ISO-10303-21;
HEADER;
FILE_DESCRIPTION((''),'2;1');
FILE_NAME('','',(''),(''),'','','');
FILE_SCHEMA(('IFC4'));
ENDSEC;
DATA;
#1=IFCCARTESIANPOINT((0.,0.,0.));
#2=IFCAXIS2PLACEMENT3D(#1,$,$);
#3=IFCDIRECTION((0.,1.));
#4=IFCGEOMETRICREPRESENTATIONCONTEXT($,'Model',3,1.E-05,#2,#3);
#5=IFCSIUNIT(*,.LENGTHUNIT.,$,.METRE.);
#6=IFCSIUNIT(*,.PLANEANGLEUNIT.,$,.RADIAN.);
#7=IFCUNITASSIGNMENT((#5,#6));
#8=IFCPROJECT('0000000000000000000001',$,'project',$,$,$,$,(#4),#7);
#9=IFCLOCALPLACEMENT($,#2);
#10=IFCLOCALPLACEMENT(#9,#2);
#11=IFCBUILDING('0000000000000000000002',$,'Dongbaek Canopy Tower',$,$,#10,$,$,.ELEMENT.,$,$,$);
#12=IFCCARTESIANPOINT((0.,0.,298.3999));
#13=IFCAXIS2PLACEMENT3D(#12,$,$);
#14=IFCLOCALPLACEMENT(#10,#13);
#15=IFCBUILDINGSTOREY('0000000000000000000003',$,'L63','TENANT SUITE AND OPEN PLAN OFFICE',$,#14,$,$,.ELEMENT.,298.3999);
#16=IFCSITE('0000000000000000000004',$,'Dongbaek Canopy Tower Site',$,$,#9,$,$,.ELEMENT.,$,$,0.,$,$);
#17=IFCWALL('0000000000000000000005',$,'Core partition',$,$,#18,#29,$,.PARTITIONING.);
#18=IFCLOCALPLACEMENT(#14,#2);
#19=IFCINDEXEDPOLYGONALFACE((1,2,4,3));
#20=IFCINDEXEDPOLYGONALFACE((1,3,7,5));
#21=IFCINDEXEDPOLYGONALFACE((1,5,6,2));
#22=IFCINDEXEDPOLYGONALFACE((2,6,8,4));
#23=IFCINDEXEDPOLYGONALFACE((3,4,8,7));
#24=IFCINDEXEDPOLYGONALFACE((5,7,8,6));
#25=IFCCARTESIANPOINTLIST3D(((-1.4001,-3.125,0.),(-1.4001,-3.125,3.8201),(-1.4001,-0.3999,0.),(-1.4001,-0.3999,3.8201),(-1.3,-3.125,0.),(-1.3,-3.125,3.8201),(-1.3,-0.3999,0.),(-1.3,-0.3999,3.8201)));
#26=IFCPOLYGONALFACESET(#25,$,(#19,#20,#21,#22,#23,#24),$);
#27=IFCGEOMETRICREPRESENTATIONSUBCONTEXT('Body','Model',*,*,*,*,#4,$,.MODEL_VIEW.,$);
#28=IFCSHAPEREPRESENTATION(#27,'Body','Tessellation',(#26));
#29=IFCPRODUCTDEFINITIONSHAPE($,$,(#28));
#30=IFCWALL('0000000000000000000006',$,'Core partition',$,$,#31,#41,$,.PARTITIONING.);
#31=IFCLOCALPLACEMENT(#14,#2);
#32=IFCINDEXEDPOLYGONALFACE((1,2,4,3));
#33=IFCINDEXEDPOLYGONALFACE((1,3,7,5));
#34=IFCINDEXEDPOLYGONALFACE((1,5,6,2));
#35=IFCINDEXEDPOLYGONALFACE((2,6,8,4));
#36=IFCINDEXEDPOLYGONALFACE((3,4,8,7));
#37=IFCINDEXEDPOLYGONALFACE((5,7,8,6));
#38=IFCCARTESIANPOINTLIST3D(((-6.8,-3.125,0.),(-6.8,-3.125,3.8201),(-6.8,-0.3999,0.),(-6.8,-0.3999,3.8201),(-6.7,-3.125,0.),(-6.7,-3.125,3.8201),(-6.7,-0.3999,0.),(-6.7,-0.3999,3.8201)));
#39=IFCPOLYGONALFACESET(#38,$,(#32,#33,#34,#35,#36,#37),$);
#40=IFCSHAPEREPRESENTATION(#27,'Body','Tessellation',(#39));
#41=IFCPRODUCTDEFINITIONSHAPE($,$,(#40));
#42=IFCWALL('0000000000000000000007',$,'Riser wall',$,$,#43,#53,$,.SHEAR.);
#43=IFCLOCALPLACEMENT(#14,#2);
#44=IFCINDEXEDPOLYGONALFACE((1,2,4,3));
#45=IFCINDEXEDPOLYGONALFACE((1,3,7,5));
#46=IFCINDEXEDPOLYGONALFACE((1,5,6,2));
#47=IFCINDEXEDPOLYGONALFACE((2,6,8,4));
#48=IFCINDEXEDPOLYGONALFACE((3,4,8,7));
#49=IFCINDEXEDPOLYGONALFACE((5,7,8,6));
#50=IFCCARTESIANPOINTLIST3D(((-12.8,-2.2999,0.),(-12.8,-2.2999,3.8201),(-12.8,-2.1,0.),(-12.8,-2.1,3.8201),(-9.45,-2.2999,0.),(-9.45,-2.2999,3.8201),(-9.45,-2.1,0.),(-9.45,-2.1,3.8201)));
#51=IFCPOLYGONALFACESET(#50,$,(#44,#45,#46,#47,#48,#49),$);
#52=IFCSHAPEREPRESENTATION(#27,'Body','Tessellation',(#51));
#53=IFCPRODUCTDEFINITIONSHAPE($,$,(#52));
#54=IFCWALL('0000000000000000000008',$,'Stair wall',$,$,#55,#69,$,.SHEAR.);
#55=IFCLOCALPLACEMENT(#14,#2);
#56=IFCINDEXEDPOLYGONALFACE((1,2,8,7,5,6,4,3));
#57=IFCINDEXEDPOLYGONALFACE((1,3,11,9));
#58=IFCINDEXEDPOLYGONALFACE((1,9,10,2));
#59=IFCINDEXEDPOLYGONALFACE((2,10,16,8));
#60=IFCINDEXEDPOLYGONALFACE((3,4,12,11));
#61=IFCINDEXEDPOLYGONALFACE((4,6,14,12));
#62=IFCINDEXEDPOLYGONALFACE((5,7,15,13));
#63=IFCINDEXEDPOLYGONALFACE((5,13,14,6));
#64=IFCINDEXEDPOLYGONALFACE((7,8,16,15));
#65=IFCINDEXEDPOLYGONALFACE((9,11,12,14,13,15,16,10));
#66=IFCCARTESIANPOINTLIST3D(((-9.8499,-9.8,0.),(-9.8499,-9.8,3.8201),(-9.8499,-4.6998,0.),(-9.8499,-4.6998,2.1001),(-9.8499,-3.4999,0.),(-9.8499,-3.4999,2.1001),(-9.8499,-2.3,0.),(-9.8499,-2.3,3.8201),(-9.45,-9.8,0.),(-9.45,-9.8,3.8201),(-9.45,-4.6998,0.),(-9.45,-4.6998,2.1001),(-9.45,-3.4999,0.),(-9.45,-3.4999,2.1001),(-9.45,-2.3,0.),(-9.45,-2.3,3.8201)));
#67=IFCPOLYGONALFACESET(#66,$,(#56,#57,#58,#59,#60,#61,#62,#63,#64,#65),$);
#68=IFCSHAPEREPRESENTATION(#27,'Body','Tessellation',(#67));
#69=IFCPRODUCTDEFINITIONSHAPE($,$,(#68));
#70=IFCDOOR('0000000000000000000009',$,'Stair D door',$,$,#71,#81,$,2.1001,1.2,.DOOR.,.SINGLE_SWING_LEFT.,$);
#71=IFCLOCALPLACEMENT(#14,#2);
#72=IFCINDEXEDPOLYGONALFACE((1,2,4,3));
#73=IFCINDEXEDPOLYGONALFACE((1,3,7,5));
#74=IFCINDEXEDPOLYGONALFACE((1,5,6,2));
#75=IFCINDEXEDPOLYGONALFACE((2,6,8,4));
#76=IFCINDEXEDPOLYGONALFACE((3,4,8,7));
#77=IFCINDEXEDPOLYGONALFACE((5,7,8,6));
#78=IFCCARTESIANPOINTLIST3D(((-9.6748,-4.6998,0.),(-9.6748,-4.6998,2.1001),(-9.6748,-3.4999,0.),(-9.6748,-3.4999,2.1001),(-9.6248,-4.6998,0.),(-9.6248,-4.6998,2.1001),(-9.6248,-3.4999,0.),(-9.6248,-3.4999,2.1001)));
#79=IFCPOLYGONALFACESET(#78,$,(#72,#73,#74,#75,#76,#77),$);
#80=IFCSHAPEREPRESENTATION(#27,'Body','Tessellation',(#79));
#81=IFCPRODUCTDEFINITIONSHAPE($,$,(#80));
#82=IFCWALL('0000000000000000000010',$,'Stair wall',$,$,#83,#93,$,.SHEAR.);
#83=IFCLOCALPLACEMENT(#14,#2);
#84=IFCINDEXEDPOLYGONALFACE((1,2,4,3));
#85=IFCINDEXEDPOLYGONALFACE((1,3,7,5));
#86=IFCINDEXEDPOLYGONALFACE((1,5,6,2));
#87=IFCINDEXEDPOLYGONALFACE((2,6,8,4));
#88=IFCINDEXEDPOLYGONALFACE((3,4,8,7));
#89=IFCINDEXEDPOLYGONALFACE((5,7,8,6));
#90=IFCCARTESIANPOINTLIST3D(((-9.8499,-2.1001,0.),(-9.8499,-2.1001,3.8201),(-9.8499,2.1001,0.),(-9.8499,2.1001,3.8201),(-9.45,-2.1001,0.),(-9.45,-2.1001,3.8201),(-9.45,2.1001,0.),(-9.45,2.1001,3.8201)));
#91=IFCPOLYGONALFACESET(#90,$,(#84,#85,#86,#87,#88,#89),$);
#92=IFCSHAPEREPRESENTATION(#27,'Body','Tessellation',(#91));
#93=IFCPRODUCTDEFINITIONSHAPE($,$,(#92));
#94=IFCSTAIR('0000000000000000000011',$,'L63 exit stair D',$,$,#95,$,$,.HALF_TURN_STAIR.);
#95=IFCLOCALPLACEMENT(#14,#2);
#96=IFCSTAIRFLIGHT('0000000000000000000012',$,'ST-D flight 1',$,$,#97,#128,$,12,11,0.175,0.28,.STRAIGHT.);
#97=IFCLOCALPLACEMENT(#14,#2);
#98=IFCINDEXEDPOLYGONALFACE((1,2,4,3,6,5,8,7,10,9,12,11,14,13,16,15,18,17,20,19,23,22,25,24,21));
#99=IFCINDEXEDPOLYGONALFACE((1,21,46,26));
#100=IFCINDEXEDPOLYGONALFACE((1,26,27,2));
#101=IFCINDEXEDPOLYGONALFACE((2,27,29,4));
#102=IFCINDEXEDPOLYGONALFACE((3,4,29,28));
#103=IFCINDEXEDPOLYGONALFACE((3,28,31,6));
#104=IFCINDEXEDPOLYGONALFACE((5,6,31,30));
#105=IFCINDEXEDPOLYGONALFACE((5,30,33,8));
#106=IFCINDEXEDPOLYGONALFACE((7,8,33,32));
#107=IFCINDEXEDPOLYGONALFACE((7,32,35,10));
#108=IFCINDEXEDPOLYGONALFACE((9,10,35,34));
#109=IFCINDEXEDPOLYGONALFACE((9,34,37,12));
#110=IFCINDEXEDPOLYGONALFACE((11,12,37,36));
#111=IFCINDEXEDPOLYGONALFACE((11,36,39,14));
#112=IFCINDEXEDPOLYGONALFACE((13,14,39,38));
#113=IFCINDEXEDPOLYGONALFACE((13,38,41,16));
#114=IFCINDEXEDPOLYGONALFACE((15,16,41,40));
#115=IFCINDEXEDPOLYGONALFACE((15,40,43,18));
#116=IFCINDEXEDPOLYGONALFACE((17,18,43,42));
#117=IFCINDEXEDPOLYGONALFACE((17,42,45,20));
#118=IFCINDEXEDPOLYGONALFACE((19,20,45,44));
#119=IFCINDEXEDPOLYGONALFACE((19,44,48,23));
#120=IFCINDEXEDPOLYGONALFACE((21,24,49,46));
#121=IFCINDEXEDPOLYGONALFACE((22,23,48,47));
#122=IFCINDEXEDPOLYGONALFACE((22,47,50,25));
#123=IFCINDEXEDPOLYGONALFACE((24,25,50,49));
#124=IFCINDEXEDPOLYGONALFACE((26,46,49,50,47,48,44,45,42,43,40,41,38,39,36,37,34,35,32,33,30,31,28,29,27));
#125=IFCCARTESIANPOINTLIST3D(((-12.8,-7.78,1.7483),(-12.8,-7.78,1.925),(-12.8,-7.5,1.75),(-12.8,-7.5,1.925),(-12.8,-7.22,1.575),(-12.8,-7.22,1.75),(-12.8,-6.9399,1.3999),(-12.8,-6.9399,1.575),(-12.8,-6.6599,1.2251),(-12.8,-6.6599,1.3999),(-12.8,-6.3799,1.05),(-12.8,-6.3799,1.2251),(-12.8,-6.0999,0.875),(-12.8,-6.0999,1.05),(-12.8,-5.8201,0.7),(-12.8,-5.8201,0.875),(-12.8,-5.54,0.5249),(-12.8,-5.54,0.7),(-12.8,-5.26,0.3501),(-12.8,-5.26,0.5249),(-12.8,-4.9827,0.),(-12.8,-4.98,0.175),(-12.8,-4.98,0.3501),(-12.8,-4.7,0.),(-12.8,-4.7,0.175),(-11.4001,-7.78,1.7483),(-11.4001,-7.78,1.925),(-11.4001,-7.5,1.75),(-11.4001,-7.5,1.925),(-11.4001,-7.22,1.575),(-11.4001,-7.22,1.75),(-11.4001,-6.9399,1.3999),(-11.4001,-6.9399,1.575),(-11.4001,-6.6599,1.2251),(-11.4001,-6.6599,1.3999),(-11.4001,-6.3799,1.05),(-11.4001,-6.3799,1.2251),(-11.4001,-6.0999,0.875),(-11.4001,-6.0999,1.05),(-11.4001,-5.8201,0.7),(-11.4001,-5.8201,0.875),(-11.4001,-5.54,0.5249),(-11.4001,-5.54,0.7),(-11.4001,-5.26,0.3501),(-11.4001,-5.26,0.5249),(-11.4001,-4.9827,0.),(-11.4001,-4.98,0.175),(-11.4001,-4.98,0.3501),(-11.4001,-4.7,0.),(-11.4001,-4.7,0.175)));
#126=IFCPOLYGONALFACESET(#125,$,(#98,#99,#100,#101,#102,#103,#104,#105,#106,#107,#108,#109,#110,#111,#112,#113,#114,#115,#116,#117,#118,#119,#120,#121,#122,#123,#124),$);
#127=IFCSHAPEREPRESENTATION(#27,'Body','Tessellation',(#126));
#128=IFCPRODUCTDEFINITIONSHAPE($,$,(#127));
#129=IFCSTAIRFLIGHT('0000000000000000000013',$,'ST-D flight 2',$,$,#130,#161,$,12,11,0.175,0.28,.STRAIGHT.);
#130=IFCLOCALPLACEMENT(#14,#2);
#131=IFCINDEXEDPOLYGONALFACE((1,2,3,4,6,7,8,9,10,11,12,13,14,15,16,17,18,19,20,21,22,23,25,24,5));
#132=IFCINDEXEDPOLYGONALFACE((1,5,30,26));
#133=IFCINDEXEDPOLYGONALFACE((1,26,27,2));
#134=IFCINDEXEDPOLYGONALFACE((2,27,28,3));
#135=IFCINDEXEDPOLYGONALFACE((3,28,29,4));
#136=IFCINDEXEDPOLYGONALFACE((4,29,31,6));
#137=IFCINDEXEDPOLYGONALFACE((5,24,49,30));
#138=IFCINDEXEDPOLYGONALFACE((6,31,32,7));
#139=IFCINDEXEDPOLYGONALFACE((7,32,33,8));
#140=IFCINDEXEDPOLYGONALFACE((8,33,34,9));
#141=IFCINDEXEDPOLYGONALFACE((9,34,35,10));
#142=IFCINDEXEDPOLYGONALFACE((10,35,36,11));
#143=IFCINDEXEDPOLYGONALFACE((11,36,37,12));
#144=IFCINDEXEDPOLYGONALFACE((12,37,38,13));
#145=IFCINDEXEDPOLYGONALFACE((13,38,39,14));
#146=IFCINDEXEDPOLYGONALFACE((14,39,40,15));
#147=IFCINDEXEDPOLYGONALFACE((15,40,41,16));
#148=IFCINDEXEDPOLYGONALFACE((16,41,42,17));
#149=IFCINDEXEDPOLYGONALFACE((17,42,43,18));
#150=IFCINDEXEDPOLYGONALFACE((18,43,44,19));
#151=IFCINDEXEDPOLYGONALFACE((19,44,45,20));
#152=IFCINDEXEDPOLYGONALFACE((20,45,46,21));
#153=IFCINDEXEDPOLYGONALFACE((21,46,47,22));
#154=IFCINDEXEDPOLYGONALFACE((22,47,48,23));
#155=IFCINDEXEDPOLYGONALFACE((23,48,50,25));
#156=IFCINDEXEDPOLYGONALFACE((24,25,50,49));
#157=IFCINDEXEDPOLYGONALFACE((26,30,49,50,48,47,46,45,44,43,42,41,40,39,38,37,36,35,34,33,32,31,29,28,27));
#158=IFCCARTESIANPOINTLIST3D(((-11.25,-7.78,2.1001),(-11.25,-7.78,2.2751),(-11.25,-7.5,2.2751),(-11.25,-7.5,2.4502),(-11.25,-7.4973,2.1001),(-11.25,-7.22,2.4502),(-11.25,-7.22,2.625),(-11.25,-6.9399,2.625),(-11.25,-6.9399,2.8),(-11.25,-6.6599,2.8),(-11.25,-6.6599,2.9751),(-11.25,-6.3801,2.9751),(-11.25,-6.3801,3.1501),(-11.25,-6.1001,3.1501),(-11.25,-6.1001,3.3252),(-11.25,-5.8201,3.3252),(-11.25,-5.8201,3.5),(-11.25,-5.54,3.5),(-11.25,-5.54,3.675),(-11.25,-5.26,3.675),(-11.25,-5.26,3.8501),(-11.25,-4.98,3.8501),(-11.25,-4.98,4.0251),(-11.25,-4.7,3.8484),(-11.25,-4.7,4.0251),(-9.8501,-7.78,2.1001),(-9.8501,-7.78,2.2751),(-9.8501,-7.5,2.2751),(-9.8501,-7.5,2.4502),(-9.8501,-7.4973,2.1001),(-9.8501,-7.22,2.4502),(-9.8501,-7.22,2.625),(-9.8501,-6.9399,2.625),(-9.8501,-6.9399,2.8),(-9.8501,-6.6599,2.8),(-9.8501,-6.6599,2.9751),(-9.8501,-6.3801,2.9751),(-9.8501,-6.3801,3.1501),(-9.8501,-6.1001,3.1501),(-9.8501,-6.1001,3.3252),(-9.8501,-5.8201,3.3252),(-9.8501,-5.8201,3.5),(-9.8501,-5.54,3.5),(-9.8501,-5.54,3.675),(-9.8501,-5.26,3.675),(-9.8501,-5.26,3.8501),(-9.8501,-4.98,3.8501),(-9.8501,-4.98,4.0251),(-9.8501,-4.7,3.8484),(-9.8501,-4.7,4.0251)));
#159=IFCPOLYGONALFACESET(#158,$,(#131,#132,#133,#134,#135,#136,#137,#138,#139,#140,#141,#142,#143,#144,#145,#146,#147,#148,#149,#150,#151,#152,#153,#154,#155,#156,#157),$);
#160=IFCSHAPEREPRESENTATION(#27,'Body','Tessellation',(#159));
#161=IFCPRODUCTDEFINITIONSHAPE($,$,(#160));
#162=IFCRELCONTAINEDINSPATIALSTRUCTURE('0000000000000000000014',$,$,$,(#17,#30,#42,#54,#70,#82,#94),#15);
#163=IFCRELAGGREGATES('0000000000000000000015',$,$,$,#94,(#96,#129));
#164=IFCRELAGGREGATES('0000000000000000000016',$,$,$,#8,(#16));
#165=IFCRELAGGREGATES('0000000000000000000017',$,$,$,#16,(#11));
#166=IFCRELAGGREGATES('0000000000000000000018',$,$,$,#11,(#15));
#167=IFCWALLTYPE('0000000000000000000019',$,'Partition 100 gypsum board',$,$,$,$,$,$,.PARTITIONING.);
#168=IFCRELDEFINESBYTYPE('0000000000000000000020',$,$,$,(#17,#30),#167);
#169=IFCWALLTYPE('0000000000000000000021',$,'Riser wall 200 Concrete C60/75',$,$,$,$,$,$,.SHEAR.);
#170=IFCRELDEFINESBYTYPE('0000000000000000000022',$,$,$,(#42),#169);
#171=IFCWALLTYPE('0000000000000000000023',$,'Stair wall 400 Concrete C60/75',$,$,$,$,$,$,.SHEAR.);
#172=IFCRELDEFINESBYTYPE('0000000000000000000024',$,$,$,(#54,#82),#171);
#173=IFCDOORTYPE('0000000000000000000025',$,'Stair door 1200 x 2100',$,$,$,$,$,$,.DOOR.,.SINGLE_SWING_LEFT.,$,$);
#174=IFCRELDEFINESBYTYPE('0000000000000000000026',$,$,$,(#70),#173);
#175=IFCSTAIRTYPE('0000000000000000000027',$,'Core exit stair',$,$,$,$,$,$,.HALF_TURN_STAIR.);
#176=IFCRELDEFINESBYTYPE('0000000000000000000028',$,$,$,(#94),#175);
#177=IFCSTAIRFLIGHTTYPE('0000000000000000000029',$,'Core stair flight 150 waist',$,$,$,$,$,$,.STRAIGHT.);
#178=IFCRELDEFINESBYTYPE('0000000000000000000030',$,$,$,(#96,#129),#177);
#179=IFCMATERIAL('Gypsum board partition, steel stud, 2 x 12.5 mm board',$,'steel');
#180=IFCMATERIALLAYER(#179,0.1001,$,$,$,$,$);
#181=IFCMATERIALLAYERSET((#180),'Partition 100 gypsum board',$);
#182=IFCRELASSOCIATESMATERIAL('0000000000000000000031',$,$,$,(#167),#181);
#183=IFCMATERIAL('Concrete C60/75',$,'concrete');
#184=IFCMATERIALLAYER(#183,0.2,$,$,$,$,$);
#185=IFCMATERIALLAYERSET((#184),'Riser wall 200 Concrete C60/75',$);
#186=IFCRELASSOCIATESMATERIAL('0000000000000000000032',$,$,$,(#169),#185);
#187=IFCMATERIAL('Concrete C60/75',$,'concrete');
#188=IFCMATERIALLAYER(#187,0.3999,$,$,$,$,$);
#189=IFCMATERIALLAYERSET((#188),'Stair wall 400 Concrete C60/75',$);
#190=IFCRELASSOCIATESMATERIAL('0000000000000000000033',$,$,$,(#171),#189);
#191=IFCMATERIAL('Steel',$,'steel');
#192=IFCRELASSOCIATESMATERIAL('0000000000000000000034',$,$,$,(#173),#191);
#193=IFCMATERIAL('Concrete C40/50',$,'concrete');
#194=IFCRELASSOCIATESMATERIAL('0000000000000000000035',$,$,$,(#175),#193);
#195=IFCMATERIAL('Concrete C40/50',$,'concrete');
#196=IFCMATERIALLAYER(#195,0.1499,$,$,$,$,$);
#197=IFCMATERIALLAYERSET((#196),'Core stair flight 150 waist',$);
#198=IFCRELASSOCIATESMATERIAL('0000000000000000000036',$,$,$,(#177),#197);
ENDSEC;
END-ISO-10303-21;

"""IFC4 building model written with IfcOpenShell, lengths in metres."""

from ifc_helpers import new_model, si_unit, direction, frame, frame_2d, origin, place, context, subcontext, project, spatial, polyline, rectangle, outline, extrude, material, layer, layer_set, type_object, element, fill, aggregate, save


model = new_model("IFC4")

# Units and contexts
model_context = context("Model", 3, precision=1e-05, world=origin(), true_north=direction((0.0, 1.0)))
body_context = subcontext(model_context, "Body", "Model", "MODEL_VIEW")
ifc_project = project(units=[si_unit("LENGTHUNIT", "METRE"), si_unit("PLANEANGLEUNIT", "RADIAN")], contexts=[model_context])

# Site, building, storey
site_placement = place(None, origin())
site = spatial("IfcSite", under=ifc_project, at=site_placement, Name="Dongbaek Canopy Tower Site", CompositionType="ELEMENT", RefElevation=0.0)
building_placement = place(site_placement, origin())
building = spatial("IfcBuilding", under=site, at=building_placement, Name="Dongbaek Canopy Tower", CompositionType="ELEMENT")
storey_placement = place(building_placement, frame((0.0, 0.0, 298.3999)))
storey = spatial("IfcBuildingStorey", under=building, at=storey_placement, Name="L63", Description="TENANT SUITE AND OPEN PLAN OFFICE", CompositionType="ELEMENT", Elevation=298.3999)

# Walls
ifc_material_1 = material(Name="Gypsum board partition, steel stud, 2 x 12.5 mm board", Category="steel")
ifc_layer_1 = layer(ifc_material_1, 0.1001)
ifc_layer_set_1 = layer_set([ifc_layer_1], Name="Partition 100 gypsum board")
wall_type_1 = type_object("IfcWallType", Name="Partition 100 gypsum board", PredefinedType="PARTITIONING", material=ifc_layer_set_1)
for number, where, z_axis, x_axis, name in (
    (1, (-1.3501, -3.125, 0.0), (0.0, 0.0, 1.0), (0.0, 1.0, 0.0), "Core partition"),
    (2, (-6.75, -3.125, 0.0), (0.0, 0.0, 1.0), (0.0, 1.0, 0.0), "Core partition"),
):
    element("IfcWall", number, at=place(storey_placement, frame(where, z_axis=z_axis, x_axis=x_axis)), inside=storey, type_object=wall_type_1, Name=name, PredefinedType="PARTITIONING", context=body_context, shape_type="SweptSolid", body=[
        extrude(rectangle(XDim=2.7251, YDim=0.1001, at=frame_2d((1.3625, 0.0))), origin(), (0.0, 0.0, 1.0), 3.8201),
    ])
ifc_material_2 = material(Name="Concrete C60/75", Category="concrete")
ifc_layer_2 = layer(ifc_material_2, 0.2)
ifc_layer_set_2 = layer_set([ifc_layer_2], Name="Riser wall 200 Concrete C60/75")
wall_type_2 = type_object("IfcWallType", Name="Riser wall 200 Concrete C60/75", PredefinedType="SHEAR", material=ifc_layer_set_2)
wall_1_placement = place(storey_placement, frame((-9.45, -2.2, 0.0), z_axis=(0.0, 0.0, 1.0), x_axis=(-1.0, 0.0, 0.0)))
element("IfcWall", 3, at=wall_1_placement, inside=storey, type_object=wall_type_2, Name="Riser wall", PredefinedType="SHEAR", context=body_context, shape_type="SweptSolid", body=[
    extrude(rectangle(XDim=3.3501, YDim=0.2, at=frame_2d((1.675, 0.0))), origin(), (0.0, 0.0, 1.0), 3.8201),
])

# Wall, opening, door
ifc_material_3 = material(Name="Concrete C60/75", Category="concrete")
ifc_layer_3 = layer(ifc_material_3, 0.3999)
ifc_layer_set_3 = layer_set([ifc_layer_3], Name="Stair wall 400 Concrete C60/75")
wall_type_3 = type_object("IfcWallType", Name="Stair wall 400 Concrete C60/75", PredefinedType="SHEAR", material=ifc_layer_set_3)
wall_2_placement = place(storey_placement, frame((-9.6499, -9.8, 0.0), z_axis=(0.0, 0.0, 1.0), x_axis=(0.0, 1.0, 0.0)))
wall_2 = element("IfcWall", 4, at=wall_2_placement, inside=storey, type_object=wall_type_3, Name="Stair wall", PredefinedType="SHEAR", context=body_context, shape_type="SweptSolid", body=[
    extrude(rectangle(XDim=7.5, YDim=0.3999, at=frame_2d((3.75, 0.0))), origin(), (0.0, 0.0, 1.0), 3.8201),
])
opening_1_placement = place(wall_2_placement, frame((5.1001, 0.0, 0.0)))
opening_1 = element("IfcOpeningElement", 5, at=opening_1_placement, cuts=wall_2, PredefinedType="OPENING", context=body_context, shape_type="SweptSolid", body=[
    extrude(rectangle(XDim=1.2, YDim=2.1001, at=frame_2d((0.6001, 1.05))), frame((0.0, 0.21, 0.0), z_axis=(0.0, -1.0, 0.0), x_axis=(1.0, 0.0, 0.0)), (0.0, 0.0, 1.0), 0.4199),
])
ifc_material_4 = material(Name="Steel", Category="steel")
door_type_1 = type_object("IfcDoorType", Name="Stair door 1200 x 2100", OperationType="SINGLE_SWING_LEFT", PredefinedType="DOOR", material=ifc_material_4)
door_1_placement = place(opening_1_placement, origin())
door_1 = element("IfcDoor", 6, at=door_1_placement, inside=storey, type_object=door_type_1, Name="Stair D door", OperationType="SINGLE_SWING_LEFT", OverallHeight=2.1001, OverallWidth=1.2, PredefinedType="DOOR", context=body_context, shape_type="SweptSolid", body=[
    extrude(rectangle(XDim=1.2, YDim=2.1001, at=frame_2d((0.6001, 1.05))), frame((0.0, 0.0249, 0.0), z_axis=(0.0, -1.0, 0.0), x_axis=(1.0, 0.0, 0.0)), (0.0, 0.0, 1.0), 0.05),
])
fill(opening_1, door_1)

# Wall
wall_3_placement = place(storey_placement, frame((-9.6499, -2.1001, 0.0), z_axis=(0.0, 0.0, 1.0), x_axis=(0.0, 1.0, 0.0)))
element("IfcWall", 7, at=wall_3_placement, inside=storey, type_object=wall_type_3, Name="Stair wall", PredefinedType="SHEAR", context=body_context, shape_type="SweptSolid", body=[
    extrude(rectangle(XDim=4.2002, YDim=0.3999, at=frame_2d((2.1001, 0.0))), origin(), (0.0, 0.0, 1.0), 3.8201),
])

# Stair, stair flights
ifc_material_5 = material(Name="Concrete C40/50", Category="concrete")
stair_type = type_object("IfcStairType", Name="Core exit stair", PredefinedType="HALF_TURN_STAIR", material=ifc_material_5)
stair_placement = place(storey_placement, origin())
stair = element("IfcStair", 8, at=stair_placement, inside=storey, type_object=stair_type, Name="L63 exit stair D", PredefinedType="HALF_TURN_STAIR")
ifc_material_6 = material(Name="Concrete C40/50", Category="concrete")
ifc_layer_4 = layer(ifc_material_6, 0.1499)
ifc_layer_set_4 = layer_set([ifc_layer_4], Name="Core stair flight 150 waist")
stair_flight_type = type_object("IfcStairFlightType", Name="Core stair flight 150 waist", PredefinedType="STRAIGHT", material=ifc_layer_set_4)
stair_flight_1_placement = place(storey_placement, frame((-12.1001, -4.7, 0.0), z_axis=(0.0, 0.0, 1.0), x_axis=(0.0, -1.0, 0.0)))
stair_flight_1 = element("IfcStairFlight", 9, at=stair_flight_1_placement, type_object=stair_flight_type, Name="ST-D flight 1", NumberOfRisers=12, NumberOfTreads=11, PredefinedType="STRAIGHT", RiserHeight=0.175, TreadLength=0.28, context=body_context, shape_type="SweptSolid", body=[
    extrude(outline(polyline([(0.0, 0.0), (0.0, 0.175), (0.28, 0.175), (0.28, 0.3501), (0.5601, 0.3501), (0.5601, 0.5249), (0.8401, 0.5249), (0.8401, 0.7), (1.1201, 0.7), (1.1201, 0.875), (1.3999, 0.875), (1.3999, 1.05), (1.6799, 1.05), (1.6799, 1.2251), (1.96, 1.2251), (1.96, 1.3999), (2.24, 1.3999), (2.24, 1.575), (2.52, 1.575), (2.52, 1.75), (2.8, 1.75), (2.8, 1.925), (3.0801, 1.925), (3.0801, 2.1001), (3.0801, 1.7483), (0.2827, 0.0), (0.0, 0.0)])), frame((0.0, 0.7, 0.0), z_axis=(0.0, -1.0, 0.0), x_axis=(1.0, 0.0, 0.0)), (0.0, 0.0, 1.0), 1.3999),
])
stair_flight_2_placement = place(storey_placement, frame((-10.55, -7.78, 2.1001), z_axis=(0.0, 0.0, 1.0), x_axis=(0.0, 1.0, 0.0)))
stair_flight_2 = element("IfcStairFlight", 10, at=stair_flight_2_placement, type_object=stair_flight_type, Name="ST-D flight 2", NumberOfRisers=12, NumberOfTreads=11, PredefinedType="STRAIGHT", RiserHeight=0.175, TreadLength=0.28, context=body_context, shape_type="SweptSolid", body=[
    extrude(outline(polyline([(0.0, 0.0), (0.0, 0.175), (0.28, 0.175), (0.28, 0.3501), (0.5601, 0.3501), (0.5601, 0.5249), (0.8401, 0.5249), (0.8401, 0.7), (1.1201, 0.7), (1.1201, 0.875), (1.3999, 0.875), (1.3999, 1.05), (1.6799, 1.05), (1.6799, 1.2251), (1.96, 1.2251), (1.96, 1.3999), (2.24, 1.3999), (2.24, 1.575), (2.52, 1.575), (2.52, 1.75), (2.8, 1.75), (2.8, 1.925), (3.0801, 1.925), (3.0801, 2.1001), (3.0801, 1.7483), (0.2827, 0.0), (0.0, 0.0)])), frame((0.0, 0.7, 0.0), z_axis=(0.0, -1.0, 0.0), x_axis=(1.0, 0.0, 0.0)), (0.0, 0.0, 1.0), 1.3999),
])
aggregate(stair, [stair_flight_1, stair_flight_2])

save(model, "model.ifc")
